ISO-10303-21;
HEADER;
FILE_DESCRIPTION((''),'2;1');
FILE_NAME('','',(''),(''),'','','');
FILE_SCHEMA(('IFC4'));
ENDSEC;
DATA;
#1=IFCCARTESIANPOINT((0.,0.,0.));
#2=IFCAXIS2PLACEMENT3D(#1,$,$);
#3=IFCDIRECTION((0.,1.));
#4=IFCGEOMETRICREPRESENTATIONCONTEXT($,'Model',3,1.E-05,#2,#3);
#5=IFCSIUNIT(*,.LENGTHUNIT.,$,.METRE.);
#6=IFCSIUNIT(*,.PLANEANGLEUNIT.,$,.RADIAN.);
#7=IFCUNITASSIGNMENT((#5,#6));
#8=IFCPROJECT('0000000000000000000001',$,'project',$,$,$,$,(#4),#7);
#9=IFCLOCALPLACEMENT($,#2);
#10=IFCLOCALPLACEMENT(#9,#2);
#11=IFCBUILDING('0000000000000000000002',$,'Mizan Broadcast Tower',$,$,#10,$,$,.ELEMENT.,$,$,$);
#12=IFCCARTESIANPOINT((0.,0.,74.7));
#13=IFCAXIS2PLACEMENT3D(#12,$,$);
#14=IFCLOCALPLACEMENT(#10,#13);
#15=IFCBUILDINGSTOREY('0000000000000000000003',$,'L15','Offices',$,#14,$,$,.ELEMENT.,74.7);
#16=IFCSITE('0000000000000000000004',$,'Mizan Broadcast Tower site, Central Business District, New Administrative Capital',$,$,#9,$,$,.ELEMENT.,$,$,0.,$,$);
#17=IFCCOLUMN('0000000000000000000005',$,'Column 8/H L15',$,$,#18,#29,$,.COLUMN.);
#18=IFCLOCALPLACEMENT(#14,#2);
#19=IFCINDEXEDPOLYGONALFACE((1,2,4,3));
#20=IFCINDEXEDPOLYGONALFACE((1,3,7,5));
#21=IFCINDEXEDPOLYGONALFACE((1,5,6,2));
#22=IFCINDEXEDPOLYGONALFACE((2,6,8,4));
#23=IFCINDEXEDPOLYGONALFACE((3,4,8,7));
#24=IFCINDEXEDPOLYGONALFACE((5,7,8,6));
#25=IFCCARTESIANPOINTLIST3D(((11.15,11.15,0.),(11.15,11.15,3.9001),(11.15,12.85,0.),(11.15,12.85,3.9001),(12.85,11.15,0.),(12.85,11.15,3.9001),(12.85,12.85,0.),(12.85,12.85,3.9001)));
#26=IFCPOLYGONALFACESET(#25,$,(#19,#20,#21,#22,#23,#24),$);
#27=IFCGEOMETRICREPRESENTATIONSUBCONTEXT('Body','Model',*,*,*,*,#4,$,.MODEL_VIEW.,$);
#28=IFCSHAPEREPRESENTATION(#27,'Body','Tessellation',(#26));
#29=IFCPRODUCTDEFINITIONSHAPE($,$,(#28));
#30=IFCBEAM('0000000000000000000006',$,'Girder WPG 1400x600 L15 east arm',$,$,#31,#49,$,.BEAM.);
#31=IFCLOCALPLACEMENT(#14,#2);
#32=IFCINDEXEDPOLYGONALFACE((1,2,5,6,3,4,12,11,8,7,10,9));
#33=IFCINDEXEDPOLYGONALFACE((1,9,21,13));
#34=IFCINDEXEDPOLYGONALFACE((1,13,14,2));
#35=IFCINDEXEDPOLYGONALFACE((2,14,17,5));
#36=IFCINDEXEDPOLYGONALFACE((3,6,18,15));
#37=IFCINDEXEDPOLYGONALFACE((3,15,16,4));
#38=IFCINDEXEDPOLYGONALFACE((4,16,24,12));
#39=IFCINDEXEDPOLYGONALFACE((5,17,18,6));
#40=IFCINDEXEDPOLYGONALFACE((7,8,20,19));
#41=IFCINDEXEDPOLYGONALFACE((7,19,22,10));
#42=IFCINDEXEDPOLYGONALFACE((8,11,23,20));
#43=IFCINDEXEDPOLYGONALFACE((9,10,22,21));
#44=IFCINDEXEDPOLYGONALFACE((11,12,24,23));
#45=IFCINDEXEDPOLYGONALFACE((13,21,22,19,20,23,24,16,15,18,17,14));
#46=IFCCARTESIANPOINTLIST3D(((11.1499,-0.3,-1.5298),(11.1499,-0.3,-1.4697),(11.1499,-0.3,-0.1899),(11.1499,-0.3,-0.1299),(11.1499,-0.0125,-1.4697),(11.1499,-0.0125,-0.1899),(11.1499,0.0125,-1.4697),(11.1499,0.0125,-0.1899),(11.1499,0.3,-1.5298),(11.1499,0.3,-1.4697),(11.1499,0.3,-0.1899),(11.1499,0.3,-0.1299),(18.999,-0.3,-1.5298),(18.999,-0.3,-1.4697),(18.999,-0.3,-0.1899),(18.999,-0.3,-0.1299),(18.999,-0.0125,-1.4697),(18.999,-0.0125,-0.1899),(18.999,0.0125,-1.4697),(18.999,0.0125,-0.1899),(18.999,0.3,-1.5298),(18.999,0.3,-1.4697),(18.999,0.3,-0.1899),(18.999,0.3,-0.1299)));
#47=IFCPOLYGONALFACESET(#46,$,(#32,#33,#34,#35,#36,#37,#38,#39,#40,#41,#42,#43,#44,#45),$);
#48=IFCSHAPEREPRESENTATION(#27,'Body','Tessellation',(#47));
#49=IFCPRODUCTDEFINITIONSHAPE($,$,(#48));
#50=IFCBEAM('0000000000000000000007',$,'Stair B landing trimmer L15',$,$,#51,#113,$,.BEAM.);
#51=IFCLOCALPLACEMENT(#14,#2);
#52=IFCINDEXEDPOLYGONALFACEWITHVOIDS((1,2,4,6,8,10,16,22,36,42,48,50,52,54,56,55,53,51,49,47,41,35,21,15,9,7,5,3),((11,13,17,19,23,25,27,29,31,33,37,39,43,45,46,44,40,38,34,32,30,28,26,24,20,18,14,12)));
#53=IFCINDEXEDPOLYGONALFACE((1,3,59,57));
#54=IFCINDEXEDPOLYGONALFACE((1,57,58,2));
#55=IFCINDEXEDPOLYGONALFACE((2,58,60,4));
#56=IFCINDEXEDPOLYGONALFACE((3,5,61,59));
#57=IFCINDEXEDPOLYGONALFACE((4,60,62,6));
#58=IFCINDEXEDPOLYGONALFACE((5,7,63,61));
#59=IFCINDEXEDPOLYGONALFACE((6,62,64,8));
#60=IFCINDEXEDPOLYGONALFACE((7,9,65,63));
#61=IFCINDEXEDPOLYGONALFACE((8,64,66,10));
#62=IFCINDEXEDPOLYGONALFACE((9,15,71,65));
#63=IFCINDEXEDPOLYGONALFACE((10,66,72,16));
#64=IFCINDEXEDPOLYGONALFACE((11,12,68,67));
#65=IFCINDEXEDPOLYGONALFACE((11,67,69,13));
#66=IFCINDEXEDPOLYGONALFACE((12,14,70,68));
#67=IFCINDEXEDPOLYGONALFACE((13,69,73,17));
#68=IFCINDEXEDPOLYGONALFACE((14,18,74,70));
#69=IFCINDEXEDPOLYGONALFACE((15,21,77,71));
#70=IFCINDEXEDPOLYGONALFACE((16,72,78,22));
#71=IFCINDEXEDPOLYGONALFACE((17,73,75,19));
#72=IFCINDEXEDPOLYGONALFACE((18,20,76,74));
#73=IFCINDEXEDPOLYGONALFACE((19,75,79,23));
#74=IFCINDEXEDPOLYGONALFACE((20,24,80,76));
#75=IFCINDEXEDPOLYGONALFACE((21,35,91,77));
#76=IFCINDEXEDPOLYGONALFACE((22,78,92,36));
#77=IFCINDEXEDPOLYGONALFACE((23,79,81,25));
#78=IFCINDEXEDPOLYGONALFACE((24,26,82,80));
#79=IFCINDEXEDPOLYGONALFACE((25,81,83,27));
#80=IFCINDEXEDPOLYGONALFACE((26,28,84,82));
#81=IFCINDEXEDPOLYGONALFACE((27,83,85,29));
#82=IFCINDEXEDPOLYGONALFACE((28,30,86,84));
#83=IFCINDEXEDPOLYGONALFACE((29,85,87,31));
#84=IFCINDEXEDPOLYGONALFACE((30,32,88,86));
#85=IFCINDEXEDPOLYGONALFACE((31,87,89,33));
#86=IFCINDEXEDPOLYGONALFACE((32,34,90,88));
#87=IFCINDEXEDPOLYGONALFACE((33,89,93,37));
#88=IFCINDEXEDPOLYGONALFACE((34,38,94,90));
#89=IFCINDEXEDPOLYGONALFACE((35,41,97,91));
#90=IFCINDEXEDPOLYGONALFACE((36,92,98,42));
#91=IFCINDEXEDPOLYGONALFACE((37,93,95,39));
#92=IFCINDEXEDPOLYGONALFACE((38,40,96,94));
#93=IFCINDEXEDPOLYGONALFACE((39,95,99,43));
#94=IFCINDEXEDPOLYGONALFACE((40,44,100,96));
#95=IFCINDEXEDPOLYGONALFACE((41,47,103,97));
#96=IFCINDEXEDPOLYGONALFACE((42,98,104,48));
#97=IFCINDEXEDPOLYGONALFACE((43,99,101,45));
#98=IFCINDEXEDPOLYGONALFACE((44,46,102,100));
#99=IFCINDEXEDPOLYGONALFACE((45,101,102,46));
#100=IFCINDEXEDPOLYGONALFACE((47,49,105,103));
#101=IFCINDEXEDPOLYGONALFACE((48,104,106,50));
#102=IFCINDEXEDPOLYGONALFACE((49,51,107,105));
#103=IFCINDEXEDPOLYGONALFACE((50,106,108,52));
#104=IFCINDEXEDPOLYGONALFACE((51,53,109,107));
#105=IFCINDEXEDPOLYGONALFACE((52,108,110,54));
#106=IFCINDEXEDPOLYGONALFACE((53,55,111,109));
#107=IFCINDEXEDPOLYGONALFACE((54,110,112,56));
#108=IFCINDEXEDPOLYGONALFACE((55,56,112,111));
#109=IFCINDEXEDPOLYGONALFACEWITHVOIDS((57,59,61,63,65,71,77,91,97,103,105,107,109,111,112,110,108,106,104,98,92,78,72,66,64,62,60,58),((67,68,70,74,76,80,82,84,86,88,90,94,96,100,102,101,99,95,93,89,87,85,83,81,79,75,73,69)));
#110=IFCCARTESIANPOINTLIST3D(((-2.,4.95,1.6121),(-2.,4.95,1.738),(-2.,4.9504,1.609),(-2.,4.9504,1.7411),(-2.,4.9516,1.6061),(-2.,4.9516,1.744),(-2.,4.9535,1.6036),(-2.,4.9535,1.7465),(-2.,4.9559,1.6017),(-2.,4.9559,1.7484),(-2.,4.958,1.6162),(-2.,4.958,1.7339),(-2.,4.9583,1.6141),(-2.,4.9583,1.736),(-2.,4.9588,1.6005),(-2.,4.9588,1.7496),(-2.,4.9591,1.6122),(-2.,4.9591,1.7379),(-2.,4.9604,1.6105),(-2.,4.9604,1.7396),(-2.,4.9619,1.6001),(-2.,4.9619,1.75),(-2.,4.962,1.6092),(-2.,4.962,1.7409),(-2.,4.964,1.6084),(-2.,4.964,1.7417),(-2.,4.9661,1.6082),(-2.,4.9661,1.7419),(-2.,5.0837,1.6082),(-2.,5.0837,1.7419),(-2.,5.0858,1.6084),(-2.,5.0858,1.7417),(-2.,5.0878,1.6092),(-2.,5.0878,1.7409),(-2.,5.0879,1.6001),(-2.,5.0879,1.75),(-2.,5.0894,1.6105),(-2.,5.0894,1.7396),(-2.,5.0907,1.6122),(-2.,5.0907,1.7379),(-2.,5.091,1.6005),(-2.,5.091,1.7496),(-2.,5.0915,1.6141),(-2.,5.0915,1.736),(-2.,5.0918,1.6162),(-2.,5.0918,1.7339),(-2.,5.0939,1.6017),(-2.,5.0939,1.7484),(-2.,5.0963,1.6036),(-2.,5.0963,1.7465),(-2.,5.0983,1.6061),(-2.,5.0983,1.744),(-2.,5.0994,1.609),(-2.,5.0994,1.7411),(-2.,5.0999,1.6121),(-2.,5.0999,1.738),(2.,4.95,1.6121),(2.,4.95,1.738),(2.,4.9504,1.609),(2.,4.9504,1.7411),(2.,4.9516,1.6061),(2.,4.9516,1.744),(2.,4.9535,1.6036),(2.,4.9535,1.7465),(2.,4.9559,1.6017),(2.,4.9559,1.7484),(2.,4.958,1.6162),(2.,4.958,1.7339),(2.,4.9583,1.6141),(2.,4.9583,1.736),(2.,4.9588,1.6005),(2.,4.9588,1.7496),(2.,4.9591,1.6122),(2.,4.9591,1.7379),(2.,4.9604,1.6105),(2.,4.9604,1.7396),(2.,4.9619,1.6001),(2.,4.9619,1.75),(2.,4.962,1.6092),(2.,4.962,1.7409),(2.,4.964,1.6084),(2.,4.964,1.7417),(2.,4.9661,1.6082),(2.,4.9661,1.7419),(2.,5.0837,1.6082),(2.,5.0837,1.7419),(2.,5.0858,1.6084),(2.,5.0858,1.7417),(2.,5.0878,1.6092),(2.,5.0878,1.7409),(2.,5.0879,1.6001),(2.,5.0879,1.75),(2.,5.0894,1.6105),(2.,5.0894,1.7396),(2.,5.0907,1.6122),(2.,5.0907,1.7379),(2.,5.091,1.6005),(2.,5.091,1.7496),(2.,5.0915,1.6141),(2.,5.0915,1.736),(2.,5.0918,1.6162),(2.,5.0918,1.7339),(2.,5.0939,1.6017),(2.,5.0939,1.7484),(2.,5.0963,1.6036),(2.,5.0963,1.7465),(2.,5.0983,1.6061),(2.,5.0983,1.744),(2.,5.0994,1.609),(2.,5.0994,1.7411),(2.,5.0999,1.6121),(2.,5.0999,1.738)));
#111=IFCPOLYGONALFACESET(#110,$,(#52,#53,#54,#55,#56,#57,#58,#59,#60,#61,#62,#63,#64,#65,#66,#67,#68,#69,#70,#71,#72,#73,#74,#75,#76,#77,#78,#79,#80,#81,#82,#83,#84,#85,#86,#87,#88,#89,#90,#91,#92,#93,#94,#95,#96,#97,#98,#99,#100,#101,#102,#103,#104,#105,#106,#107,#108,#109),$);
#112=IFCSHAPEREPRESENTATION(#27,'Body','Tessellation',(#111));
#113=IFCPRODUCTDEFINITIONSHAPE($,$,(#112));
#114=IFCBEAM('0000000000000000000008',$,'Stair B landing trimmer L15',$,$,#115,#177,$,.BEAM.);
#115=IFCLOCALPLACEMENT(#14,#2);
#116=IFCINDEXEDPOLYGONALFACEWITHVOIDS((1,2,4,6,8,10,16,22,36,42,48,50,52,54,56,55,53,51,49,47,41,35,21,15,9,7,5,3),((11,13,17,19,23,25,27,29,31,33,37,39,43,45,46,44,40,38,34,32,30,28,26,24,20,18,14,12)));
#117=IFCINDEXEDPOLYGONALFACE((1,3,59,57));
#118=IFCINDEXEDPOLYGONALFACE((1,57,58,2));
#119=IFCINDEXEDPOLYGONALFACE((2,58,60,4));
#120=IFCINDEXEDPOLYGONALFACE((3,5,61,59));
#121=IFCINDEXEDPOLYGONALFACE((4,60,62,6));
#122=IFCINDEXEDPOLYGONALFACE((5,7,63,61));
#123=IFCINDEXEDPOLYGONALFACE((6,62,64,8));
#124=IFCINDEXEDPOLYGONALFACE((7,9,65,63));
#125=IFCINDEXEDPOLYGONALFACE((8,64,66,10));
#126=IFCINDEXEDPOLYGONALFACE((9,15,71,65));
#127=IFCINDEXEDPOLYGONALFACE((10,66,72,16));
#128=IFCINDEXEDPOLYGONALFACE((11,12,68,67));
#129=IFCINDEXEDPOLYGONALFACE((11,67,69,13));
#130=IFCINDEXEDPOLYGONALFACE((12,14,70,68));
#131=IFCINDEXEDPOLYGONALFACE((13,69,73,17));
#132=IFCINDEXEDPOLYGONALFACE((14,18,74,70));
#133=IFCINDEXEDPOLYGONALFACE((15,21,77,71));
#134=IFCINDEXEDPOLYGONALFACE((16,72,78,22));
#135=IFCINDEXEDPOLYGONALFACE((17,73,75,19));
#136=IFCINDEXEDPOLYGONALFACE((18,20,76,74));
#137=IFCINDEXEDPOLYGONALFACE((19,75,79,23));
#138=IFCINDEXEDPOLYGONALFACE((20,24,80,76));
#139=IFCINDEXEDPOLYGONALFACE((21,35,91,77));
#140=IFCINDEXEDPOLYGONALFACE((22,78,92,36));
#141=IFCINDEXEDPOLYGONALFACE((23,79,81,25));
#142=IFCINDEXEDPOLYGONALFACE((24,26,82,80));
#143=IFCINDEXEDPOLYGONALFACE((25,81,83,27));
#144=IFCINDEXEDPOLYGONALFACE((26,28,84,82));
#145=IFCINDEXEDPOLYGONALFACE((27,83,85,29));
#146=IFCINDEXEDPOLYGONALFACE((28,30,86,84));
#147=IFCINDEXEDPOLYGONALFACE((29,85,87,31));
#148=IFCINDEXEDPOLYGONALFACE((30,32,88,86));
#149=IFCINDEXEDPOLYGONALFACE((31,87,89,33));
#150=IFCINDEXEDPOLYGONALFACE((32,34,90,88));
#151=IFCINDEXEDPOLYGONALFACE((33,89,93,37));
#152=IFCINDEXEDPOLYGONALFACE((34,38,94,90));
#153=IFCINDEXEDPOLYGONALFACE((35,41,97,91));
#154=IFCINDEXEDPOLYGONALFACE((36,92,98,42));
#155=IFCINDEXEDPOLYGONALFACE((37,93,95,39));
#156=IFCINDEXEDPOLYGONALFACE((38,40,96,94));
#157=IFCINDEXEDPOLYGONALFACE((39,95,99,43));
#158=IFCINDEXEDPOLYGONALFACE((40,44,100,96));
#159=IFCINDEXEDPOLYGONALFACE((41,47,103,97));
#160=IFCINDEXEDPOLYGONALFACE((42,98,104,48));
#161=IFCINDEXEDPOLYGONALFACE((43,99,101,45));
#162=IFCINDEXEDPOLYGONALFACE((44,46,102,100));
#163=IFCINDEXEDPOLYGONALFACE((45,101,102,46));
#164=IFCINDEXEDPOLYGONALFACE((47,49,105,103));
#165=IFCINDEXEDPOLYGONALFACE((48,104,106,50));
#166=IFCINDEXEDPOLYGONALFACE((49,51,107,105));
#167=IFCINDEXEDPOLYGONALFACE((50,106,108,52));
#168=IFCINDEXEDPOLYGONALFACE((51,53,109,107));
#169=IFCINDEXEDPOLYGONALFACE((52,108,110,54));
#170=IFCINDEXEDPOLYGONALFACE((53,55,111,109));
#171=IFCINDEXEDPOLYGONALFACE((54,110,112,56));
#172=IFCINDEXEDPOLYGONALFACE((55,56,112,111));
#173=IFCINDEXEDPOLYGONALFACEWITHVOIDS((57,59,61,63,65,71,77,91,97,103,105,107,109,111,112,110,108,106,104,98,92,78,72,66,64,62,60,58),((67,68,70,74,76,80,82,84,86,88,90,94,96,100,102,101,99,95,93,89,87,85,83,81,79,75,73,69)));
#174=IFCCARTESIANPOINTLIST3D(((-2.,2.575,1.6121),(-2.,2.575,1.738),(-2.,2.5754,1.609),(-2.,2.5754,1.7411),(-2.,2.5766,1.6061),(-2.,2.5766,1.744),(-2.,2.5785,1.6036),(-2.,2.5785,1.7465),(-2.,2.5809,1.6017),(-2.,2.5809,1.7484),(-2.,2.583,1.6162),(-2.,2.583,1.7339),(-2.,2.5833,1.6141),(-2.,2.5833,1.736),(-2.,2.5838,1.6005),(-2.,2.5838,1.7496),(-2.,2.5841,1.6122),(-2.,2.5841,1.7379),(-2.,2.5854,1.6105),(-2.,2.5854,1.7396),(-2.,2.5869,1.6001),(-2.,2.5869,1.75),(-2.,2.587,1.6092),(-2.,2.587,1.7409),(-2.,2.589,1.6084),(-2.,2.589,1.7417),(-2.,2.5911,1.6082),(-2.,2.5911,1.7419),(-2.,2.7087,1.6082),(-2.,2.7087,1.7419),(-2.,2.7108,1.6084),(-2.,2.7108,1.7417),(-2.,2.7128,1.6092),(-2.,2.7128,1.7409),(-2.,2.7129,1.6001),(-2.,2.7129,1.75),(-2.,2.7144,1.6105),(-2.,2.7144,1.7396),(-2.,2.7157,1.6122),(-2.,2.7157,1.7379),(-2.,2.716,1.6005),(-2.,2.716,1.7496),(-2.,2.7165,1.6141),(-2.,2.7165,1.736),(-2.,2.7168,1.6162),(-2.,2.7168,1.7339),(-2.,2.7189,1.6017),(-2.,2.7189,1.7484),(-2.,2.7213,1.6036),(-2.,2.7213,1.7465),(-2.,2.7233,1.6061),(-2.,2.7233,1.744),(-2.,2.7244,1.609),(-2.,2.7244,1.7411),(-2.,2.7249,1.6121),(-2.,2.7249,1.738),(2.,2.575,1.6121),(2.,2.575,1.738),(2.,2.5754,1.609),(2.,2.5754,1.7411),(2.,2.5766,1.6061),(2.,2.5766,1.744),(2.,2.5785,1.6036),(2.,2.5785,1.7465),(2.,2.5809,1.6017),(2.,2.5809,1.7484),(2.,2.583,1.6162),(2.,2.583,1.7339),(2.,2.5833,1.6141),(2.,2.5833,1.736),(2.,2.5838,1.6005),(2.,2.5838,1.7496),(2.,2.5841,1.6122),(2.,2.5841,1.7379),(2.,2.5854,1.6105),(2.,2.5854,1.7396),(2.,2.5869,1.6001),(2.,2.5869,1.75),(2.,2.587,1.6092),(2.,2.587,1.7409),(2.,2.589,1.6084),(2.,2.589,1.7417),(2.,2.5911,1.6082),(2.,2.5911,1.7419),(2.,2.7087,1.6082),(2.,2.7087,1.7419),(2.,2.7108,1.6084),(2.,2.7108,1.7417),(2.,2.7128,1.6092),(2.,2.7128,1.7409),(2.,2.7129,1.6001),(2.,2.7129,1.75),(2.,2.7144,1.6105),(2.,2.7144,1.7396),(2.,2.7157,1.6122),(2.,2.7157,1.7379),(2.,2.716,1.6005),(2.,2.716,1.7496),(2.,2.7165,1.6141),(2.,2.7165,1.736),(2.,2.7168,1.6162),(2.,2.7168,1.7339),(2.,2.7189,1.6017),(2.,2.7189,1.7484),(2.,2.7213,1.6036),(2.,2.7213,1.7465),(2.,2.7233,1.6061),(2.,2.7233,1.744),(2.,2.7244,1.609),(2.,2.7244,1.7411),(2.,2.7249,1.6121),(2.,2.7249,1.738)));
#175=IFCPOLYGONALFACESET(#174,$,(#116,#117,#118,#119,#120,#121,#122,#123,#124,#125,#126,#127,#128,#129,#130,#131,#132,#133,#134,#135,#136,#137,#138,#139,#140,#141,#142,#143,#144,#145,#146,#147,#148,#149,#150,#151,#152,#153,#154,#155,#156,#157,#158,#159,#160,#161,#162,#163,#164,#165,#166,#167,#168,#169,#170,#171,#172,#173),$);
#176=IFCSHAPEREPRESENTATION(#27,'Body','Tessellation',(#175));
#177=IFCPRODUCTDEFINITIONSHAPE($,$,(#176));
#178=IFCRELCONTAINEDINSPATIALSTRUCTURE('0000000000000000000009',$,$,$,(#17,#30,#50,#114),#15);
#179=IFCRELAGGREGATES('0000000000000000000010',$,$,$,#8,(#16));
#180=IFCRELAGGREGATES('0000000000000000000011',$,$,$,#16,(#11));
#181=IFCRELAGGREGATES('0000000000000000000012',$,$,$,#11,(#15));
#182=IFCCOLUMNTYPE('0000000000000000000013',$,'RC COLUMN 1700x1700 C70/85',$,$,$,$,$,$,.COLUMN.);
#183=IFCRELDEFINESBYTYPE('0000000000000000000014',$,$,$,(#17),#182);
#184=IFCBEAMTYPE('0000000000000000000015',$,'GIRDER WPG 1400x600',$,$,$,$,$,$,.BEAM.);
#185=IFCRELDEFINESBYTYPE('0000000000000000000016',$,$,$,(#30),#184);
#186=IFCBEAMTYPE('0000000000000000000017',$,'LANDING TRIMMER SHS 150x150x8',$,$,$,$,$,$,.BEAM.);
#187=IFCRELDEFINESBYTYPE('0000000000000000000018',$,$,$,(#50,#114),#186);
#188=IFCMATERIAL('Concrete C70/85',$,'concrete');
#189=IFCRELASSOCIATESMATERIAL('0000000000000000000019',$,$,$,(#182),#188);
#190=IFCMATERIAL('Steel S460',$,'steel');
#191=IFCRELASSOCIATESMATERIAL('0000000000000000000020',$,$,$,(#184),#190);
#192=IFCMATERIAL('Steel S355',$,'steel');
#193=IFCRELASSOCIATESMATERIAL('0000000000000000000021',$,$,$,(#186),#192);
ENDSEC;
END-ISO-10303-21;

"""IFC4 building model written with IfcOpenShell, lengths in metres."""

from ifc_helpers import new_model, si_unit, direction, frame, origin, origin_2d, place, context, subcontext, project, spatial, rectangle, hollow_rectangle, i_section, extrude, material, material_profile, profile_set, type_object, element, save


model = new_model("IFC4")

# Units and contexts
model_context = context("Model", 3, precision=1e-05, world=origin(), true_north=direction((0.0, 1.0)))
body_context = subcontext(model_context, "Body", "Model", "MODEL_VIEW")
ifc_project = project(units=[si_unit("LENGTHUNIT", "METRE"), si_unit("PLANEANGLEUNIT", "RADIAN")], contexts=[model_context])

# Site, building, storey
site_placement = place(None, origin())
site = spatial("IfcSite", under=ifc_project, at=site_placement, Name="Mizan Broadcast Tower site, Central Business District, New Administrative Capital", CompositionType="ELEMENT", RefElevation=0.0)
building_placement = place(site_placement, origin())
building = spatial("IfcBuilding", under=site, at=building_placement, Name="Mizan Broadcast Tower", CompositionType="ELEMENT")
storey_placement = place(building_placement, frame((0.0, 0.0, 74.7)))
storey = spatial("IfcBuildingStorey", under=building, at=storey_placement, Name="L15", Description="Offices", CompositionType="ELEMENT", Elevation=74.7)

# Column
ifc_material_1 = material(Name="Concrete C70/85", Category="concrete")
ifc_material_profile_1 = material_profile(ifc_material_1, rectangle(XDim=1.7, YDim=1.7, at=origin_2d()), Name="RC 1700x1700")
ifc_profile_set_1 = profile_set([ifc_material_profile_1], Name="Concrete C70/85")
column_type = type_object("IfcColumnType", Name="RC COLUMN 1700x1700 C70/85", PredefinedType="COLUMN", material=ifc_profile_set_1)
column_placement = place(storey_placement, frame((12.0, 12.0, 0.0), z_axis=(0.0, 0.0, 1.0), x_axis=(1.0, 0.0, 0.0)))
element("IfcColumn", 1, at=column_placement, inside=storey, type_object=column_type, Name="Column 8/H L15", PredefinedType="COLUMN", context=body_context, shape_type="SweptSolid", body=[
    extrude(rectangle(XDim=1.7, YDim=1.7, at=origin_2d()), origin(), (0.0, 0.0, 1.0), 3.9001),
])

# Beams
ifc_material_2 = material(Name="Steel S460", Category="steel")
ifc_material_profile_2 = material_profile(ifc_material_2, i_section(OverallWidth=0.6001, OverallDepth=1.3999, WebThickness=0.0249, FlangeThickness=0.0601, at=origin_2d()), Name="WPG 1400x600")
ifc_profile_set_2 = profile_set([ifc_material_profile_2], Name="Steel S460")
beam_type_1 = type_object("IfcBeamType", Name="GIRDER WPG 1400x600", PredefinedType="BEAM", material=ifc_profile_set_2)
beam_placement = place(storey_placement, frame((11.1499, 0.0, -0.8298), z_axis=(1.0, 0.0, 0.0), x_axis=(0.0, 1.0, 0.0)))
element("IfcBeam", 2, at=beam_placement, inside=storey, type_object=beam_type_1, Name="Girder WPG 1400x600 L15 east arm", PredefinedType="BEAM", context=body_context, shape_type="SweptSolid", body=[
    extrude(i_section(OverallWidth=0.6001, OverallDepth=1.3999, WebThickness=0.0249, FlangeThickness=0.0601, at=origin_2d()), origin(), (0.0, 0.0, 1.0), 7.8491),
])
ifc_material_3 = material(Name="Steel S355", Category="steel")
ifc_material_profile_3 = material_profile(ifc_material_3, hollow_rectangle(XDim=0.1499, YDim=0.1499, WallThickness=0.0081, InnerFilletRadius=0.0081, OuterFilletRadius=0.012, at=origin_2d()), Name="SHS 150x150x8")
ifc_profile_set_3 = profile_set([ifc_material_profile_3], Name="Steel S355")
beam_type_2 = type_object("IfcBeamType", Name="LANDING TRIMMER SHS 150x150x8", PredefinedType="BEAM", material=ifc_profile_set_3)
for number, where, z_axis, x_axis, name in (
    (3, (2.0, 5.0249, 1.675), (-1.0, 0.0, 0.0), (0.0, -1.0, 0.0), "Stair B landing trimmer L15"),
    (4, (2.0, 2.6499, 1.675), (-1.0, 0.0, 0.0), (0.0, -1.0, 0.0), "Stair B landing trimmer L15"),
):
    element("IfcBeam", number, at=place(storey_placement, frame(where, z_axis=z_axis, x_axis=x_axis)), inside=storey, type_object=beam_type_2, Name=name, PredefinedType="BEAM", context=body_context, shape_type="SweptSolid", body=[
        extrude(hollow_rectangle(XDim=0.1499, YDim=0.1499, WallThickness=0.0081, InnerFilletRadius=0.0081, OuterFilletRadius=0.012, at=origin_2d()), origin(), (0.0, 0.0, 1.0), 4.0),
    ])

save(model, "model.ifc")
